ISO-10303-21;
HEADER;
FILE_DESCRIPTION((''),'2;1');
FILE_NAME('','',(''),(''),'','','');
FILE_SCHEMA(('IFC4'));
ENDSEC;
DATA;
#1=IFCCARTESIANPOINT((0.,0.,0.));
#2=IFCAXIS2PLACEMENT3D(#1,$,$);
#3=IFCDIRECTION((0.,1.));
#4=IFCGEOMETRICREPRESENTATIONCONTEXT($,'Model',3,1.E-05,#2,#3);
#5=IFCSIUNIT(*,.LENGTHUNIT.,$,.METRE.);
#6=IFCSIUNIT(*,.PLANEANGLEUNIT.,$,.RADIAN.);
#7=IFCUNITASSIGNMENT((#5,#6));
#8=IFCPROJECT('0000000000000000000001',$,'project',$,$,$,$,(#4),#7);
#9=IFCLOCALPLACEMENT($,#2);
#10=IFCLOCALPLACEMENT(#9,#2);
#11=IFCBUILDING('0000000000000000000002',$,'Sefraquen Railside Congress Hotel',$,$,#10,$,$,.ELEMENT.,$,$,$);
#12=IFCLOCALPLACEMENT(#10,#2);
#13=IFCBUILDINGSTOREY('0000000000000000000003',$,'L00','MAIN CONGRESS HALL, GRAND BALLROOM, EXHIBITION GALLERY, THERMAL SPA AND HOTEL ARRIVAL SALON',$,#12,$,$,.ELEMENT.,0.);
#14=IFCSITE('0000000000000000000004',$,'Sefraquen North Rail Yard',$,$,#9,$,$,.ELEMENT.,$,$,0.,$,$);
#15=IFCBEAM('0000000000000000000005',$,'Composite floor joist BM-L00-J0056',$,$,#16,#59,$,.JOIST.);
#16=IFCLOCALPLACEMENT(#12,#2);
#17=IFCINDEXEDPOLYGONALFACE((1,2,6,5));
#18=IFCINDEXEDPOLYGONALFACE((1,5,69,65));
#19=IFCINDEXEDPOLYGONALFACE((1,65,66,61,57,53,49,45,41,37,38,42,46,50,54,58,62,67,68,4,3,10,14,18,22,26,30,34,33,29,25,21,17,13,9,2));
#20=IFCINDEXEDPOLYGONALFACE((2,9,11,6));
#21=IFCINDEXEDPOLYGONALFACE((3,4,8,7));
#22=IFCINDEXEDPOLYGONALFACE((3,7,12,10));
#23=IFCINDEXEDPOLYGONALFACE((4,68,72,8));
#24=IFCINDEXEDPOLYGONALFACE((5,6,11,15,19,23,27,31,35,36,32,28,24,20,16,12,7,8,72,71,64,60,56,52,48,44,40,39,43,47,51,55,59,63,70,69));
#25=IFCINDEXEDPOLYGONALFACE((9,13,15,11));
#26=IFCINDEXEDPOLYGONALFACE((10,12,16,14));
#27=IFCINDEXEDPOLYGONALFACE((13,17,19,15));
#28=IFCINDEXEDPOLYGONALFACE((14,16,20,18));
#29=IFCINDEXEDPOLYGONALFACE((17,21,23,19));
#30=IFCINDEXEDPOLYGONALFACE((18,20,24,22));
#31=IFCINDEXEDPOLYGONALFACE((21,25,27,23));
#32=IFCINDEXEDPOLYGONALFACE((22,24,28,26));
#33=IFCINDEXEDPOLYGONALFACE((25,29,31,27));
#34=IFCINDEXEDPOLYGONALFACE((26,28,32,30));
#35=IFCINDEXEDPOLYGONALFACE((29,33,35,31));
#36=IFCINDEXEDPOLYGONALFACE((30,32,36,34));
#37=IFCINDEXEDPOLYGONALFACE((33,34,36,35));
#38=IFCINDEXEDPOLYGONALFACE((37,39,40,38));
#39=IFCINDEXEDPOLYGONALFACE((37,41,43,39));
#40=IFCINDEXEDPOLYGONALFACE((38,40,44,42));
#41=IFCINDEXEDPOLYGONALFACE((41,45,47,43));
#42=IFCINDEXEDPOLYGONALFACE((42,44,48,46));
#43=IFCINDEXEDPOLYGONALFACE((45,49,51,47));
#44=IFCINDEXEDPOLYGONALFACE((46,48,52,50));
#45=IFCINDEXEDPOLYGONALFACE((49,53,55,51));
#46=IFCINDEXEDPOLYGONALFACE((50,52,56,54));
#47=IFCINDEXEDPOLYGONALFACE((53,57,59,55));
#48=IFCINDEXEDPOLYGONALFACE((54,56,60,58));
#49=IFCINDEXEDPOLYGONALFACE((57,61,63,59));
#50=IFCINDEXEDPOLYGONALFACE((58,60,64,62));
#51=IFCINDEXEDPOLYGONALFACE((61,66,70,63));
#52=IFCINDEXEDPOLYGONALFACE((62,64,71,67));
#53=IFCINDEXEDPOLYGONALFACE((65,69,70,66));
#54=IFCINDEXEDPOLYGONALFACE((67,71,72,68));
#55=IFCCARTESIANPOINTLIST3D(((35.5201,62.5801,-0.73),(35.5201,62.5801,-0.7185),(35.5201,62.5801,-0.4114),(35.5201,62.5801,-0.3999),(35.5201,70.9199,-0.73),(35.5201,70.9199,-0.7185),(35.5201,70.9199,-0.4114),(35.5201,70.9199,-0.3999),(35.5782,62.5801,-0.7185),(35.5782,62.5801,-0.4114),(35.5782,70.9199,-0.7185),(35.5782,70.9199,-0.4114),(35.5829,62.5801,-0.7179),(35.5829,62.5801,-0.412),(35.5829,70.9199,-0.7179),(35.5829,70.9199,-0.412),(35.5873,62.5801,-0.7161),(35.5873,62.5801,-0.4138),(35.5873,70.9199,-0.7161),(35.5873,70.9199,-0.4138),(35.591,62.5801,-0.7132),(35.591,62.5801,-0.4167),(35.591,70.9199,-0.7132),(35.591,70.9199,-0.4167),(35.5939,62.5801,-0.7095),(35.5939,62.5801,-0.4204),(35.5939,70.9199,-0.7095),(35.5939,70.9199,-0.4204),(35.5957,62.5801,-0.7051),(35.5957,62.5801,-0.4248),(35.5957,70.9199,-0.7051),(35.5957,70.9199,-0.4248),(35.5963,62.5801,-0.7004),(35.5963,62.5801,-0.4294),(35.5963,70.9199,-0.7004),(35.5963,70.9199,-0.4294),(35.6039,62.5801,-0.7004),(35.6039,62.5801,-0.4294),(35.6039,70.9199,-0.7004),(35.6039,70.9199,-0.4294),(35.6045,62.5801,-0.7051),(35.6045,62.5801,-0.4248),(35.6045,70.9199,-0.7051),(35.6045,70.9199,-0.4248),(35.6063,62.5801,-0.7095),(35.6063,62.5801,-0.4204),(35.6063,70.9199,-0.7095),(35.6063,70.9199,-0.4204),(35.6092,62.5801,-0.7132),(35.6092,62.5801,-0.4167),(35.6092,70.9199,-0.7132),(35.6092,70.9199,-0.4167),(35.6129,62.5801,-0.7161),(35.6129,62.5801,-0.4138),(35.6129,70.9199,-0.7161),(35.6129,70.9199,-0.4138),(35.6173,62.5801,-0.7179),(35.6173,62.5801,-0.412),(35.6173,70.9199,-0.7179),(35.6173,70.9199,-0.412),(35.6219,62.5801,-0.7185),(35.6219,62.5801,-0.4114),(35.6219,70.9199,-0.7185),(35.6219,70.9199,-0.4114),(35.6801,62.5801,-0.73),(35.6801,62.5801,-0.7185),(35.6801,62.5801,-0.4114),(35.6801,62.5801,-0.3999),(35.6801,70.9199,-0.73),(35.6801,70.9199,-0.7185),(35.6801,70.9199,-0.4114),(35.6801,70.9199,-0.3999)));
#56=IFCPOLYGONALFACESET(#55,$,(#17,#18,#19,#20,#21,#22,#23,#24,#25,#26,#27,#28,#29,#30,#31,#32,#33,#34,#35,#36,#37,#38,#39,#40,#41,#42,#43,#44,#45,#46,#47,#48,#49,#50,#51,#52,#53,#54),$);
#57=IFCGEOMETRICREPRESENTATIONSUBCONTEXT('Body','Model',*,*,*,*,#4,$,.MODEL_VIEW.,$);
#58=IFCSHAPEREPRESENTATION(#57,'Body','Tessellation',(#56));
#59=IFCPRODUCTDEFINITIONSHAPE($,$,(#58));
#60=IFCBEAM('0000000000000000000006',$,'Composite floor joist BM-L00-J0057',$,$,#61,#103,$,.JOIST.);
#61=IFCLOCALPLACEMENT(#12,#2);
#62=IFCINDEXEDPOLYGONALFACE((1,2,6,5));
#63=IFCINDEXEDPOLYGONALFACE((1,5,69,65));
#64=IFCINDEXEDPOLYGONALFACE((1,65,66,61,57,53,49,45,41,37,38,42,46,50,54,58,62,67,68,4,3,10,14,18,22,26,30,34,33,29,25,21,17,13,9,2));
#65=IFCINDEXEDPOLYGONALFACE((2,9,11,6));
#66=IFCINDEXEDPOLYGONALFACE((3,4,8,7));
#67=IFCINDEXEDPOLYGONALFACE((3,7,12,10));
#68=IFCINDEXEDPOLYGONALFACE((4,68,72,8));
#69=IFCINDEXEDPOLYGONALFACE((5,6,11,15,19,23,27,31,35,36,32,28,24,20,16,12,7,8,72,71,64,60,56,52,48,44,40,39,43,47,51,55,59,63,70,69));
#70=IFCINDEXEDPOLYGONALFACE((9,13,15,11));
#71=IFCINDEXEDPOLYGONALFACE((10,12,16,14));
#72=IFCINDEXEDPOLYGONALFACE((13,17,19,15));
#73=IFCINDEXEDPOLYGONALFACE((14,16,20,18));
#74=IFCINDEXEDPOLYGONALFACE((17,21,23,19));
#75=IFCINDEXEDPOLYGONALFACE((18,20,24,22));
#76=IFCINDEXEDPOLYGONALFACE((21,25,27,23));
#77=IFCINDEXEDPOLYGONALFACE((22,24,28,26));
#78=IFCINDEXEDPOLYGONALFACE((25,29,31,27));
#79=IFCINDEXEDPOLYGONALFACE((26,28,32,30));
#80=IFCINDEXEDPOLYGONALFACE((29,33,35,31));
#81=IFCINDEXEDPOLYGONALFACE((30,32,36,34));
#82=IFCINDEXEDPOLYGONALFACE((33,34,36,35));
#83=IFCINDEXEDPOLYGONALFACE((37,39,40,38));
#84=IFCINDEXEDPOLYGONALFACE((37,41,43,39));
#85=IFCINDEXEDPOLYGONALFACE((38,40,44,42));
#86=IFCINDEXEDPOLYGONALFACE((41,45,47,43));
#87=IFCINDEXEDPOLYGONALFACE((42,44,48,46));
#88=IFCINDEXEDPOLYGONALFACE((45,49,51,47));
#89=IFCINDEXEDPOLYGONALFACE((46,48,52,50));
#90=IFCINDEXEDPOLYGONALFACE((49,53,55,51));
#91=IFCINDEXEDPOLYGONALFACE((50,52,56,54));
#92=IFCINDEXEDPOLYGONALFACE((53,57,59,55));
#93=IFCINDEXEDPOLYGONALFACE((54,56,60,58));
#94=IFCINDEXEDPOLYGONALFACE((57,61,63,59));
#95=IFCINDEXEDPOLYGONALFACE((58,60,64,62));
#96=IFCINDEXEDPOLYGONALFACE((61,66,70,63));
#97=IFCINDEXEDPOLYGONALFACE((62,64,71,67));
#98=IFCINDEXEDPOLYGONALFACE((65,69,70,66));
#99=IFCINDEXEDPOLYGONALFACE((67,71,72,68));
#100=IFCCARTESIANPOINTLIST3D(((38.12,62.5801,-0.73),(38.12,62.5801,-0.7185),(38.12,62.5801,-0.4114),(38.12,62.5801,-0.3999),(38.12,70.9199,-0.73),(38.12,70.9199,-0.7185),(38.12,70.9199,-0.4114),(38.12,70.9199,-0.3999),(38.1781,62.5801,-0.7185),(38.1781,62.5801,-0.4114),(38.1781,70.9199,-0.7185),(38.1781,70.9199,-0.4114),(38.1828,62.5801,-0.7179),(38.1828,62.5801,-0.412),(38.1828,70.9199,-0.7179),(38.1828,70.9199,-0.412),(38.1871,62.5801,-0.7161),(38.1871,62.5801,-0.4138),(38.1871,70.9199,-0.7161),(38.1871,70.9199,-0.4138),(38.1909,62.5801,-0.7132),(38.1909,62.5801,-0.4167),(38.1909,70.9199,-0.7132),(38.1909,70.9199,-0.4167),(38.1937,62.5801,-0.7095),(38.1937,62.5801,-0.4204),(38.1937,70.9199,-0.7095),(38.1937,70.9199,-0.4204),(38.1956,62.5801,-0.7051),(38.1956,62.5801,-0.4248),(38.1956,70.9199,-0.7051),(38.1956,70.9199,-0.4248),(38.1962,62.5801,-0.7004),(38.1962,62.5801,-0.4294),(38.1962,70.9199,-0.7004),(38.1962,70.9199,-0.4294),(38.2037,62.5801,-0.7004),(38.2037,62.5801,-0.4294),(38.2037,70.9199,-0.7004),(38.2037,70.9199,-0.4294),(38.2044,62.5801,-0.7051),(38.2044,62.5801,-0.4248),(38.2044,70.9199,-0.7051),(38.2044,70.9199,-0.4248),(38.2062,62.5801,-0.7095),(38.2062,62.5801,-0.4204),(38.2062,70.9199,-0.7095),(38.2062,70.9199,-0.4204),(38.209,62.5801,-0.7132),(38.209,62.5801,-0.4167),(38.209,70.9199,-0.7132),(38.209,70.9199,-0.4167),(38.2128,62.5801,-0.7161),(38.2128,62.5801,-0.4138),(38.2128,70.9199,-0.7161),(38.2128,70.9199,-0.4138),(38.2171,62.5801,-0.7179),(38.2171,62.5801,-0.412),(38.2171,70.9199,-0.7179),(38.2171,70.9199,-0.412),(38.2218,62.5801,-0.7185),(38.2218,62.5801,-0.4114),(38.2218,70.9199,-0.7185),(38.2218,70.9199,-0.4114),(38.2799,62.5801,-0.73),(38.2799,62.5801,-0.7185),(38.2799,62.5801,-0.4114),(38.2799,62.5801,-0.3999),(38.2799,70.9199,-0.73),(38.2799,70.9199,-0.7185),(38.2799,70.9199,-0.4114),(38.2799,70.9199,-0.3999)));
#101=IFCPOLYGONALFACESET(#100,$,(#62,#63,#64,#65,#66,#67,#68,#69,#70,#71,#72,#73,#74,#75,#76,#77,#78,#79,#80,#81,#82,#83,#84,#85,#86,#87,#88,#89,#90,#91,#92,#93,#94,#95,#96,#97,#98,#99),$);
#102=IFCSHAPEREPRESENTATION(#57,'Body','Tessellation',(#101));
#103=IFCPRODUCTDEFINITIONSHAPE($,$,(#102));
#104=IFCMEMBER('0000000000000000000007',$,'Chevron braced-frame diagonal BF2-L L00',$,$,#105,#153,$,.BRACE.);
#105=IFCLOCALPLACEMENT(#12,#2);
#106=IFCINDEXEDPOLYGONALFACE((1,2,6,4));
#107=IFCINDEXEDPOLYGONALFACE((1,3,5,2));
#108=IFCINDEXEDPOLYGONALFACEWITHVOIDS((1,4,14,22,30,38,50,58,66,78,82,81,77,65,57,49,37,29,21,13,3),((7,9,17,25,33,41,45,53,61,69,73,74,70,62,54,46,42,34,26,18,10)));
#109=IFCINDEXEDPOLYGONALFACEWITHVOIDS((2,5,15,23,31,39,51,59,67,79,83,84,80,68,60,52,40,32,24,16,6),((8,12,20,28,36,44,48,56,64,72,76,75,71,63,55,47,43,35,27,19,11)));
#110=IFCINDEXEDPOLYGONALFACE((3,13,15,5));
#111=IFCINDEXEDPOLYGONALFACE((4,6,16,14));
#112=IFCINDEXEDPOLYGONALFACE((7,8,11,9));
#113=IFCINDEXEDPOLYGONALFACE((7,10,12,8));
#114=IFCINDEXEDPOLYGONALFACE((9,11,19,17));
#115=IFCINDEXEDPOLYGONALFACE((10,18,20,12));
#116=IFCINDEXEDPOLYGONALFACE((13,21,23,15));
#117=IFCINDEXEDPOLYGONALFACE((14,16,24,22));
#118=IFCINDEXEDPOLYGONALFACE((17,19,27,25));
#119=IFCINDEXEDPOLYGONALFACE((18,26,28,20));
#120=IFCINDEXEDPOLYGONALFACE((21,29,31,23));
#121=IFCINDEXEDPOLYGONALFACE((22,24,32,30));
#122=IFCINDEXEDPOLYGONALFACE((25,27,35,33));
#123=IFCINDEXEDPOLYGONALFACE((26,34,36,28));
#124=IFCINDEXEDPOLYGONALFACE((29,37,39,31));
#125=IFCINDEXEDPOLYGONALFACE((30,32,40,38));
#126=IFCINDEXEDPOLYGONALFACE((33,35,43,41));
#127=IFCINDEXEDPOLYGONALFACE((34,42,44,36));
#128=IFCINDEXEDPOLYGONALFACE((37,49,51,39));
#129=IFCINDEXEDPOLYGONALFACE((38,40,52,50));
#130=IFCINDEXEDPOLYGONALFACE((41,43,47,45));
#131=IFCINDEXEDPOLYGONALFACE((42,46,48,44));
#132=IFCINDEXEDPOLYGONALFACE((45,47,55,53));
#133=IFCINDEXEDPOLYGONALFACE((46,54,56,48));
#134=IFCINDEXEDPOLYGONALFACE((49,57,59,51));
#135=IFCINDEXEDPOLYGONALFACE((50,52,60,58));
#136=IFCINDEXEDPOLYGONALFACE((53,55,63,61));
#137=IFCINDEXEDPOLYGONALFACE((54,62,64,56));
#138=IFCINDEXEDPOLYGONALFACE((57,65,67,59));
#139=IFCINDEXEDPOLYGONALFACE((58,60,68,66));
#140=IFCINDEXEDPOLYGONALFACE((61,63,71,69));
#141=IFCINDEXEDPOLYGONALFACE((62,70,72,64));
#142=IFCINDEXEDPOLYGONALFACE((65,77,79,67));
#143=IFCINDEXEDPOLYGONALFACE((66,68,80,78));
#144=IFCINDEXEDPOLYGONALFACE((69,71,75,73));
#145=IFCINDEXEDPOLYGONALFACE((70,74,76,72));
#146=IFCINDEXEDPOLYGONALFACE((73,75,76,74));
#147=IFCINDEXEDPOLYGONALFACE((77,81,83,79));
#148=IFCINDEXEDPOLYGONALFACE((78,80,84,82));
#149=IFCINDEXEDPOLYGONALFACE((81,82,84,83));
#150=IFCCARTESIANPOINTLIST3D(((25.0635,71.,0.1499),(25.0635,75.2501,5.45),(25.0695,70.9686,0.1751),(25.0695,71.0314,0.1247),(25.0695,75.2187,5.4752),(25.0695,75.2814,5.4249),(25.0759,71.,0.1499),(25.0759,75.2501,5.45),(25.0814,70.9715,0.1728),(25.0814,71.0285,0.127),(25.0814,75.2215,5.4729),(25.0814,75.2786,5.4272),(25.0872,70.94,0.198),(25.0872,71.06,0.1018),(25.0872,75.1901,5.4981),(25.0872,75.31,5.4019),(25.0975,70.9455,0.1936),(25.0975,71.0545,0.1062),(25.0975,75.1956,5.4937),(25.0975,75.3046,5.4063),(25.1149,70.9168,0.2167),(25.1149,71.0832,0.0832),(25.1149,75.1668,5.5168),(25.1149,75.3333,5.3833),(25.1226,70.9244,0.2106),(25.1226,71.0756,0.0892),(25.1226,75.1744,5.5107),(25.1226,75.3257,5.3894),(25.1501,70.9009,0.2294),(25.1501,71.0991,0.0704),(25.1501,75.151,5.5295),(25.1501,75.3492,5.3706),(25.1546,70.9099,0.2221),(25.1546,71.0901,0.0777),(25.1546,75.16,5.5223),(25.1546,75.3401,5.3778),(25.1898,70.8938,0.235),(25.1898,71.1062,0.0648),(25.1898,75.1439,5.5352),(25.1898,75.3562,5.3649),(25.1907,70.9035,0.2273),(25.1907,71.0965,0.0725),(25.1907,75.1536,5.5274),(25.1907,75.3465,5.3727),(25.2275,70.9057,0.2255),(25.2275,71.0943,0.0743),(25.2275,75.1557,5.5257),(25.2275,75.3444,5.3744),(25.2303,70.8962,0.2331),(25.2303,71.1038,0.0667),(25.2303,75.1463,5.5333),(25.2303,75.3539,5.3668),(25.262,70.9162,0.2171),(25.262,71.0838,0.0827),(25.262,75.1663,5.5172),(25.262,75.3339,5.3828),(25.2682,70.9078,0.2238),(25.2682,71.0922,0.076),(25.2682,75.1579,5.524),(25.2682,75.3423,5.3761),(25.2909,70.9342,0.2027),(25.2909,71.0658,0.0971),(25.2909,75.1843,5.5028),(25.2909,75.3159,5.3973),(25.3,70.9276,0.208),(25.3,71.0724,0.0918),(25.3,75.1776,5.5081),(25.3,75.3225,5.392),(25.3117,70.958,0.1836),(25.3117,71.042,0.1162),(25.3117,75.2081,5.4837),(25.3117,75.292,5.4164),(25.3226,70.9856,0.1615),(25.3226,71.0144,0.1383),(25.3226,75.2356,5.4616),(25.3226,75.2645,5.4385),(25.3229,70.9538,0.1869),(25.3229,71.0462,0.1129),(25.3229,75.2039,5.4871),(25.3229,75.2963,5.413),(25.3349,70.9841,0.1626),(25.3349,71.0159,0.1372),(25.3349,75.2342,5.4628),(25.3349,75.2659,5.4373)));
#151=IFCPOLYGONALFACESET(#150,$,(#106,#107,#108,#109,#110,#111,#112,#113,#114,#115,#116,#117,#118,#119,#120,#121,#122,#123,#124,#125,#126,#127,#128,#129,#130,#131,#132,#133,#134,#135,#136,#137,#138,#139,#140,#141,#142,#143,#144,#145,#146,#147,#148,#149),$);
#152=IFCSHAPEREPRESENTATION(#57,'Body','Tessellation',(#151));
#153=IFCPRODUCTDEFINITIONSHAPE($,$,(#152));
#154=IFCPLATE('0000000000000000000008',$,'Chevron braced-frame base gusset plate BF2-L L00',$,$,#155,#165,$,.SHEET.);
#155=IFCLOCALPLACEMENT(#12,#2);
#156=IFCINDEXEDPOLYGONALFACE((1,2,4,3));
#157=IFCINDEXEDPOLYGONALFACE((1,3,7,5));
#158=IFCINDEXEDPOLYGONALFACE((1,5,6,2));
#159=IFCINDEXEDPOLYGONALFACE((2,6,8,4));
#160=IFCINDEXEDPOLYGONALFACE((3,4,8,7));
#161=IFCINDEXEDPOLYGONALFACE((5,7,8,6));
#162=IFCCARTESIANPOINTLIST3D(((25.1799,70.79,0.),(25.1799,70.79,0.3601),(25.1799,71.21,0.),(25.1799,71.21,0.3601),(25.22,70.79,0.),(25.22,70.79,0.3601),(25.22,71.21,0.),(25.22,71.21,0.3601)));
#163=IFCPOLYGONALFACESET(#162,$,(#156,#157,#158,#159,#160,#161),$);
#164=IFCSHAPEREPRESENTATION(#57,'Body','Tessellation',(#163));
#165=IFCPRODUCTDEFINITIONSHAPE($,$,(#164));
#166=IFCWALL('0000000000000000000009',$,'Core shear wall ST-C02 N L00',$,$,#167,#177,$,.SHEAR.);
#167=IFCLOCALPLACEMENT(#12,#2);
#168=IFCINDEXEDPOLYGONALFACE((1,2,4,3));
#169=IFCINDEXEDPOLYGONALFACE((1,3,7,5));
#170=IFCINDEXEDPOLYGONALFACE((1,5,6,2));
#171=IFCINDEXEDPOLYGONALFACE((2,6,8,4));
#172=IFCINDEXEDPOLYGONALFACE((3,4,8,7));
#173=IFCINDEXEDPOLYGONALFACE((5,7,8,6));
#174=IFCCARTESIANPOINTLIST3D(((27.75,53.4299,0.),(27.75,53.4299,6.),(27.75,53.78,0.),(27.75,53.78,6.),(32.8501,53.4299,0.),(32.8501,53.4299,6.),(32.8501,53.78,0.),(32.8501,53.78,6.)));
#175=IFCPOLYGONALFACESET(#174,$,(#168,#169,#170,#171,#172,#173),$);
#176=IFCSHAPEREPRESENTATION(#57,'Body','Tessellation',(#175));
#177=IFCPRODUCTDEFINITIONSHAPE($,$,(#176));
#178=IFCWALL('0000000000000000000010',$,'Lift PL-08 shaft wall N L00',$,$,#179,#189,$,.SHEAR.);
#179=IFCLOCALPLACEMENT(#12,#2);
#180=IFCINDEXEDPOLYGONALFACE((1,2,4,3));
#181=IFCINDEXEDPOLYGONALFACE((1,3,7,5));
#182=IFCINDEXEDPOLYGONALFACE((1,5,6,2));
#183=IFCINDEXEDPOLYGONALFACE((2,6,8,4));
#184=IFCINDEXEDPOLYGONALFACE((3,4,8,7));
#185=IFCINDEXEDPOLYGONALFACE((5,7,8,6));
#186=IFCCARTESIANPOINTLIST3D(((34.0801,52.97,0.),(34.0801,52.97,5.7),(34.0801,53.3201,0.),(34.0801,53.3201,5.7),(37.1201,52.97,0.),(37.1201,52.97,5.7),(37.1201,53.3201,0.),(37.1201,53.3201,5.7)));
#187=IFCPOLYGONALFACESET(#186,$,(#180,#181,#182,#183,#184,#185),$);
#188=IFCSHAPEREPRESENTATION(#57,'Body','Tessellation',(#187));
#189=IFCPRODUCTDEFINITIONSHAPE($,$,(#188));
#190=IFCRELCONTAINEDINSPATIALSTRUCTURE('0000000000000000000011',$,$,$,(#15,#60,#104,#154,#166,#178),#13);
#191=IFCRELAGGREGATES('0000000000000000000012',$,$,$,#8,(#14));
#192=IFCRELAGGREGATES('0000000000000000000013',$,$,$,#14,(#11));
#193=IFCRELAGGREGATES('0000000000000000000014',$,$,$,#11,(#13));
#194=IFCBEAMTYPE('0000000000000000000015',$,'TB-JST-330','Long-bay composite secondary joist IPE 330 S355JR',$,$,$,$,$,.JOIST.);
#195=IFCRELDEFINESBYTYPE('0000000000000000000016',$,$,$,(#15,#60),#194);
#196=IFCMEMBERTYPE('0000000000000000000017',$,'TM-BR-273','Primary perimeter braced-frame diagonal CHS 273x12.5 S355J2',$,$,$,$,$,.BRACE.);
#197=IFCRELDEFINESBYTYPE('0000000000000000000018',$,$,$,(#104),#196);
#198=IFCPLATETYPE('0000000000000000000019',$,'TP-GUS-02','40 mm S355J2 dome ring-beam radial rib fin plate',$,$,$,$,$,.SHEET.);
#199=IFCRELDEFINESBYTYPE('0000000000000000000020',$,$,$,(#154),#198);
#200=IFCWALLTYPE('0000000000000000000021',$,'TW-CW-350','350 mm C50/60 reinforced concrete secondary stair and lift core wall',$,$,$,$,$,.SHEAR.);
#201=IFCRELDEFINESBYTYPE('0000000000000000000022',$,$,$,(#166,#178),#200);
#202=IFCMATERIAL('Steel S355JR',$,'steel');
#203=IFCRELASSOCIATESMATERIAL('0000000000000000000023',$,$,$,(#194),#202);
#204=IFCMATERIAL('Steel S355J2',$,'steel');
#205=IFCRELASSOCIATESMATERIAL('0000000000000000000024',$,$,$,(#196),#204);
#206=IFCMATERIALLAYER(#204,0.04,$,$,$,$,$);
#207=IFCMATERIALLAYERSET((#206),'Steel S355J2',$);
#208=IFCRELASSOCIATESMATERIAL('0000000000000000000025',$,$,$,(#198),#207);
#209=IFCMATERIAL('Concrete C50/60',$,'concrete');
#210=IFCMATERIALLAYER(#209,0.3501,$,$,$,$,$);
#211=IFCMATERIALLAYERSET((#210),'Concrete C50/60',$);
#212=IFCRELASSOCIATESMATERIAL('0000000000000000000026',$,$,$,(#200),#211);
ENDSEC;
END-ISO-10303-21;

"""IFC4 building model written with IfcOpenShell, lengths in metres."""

from ifc_helpers import new_model, si_unit, direction, frame, frame_2d, origin, origin_2d, place, context, subcontext, project, spatial, rectangle, hollow_circle, i_section, extrude, material, layer, layer_set, material_profile, profile_set, type_object, element, save


model = new_model("IFC4")

# Units and contexts
model_context = context("Model", 3, precision=1e-05, world=origin(), true_north=direction((0.0, 1.0)))
body_context = subcontext(model_context, "Body", "Model", "MODEL_VIEW")
ifc_project = project(units=[si_unit("LENGTHUNIT", "METRE"), si_unit("PLANEANGLEUNIT", "RADIAN")], contexts=[model_context])

# Site, building, storey
site_placement = place(None, origin())
site = spatial("IfcSite", under=ifc_project, at=site_placement, Name="Sefraquen North Rail Yard", CompositionType="ELEMENT", RefElevation=0.0)
building_placement = place(site_placement, origin())
building = spatial("IfcBuilding", under=site, at=building_placement, Name="Sefraquen Railside Congress Hotel", CompositionType="ELEMENT")
storey_placement = place(building_placement, origin())
storey = spatial("IfcBuildingStorey", under=building, at=storey_placement, Name="L00", Description="MAIN CONGRESS HALL, GRAND BALLROOM, EXHIBITION GALLERY, THERMAL SPA AND HOTEL ARRIVAL SALON", CompositionType="ELEMENT", Elevation=0.0)

# Shared definitions
ifc_material_1 = material(Name="Steel S355JR", Category="steel")
ifc_material_2 = material(Name="Concrete C50/60", Category="concrete")

# Beams
ifc_material_profile_1 = material_profile(ifc_material_1, i_section(OverallWidth=0.1599, OverallDepth=0.3301, WebThickness=0.0076, FlangeThickness=0.0115, FilletRadius=0.0181, at=origin_2d()), Name="IPE 330")
ifc_profile_set_1 = profile_set([ifc_material_profile_1], Name="Steel S355JR")
beam_type_1 = type_object("IfcBeamType", Name="TB-JST-330", Description="Long-bay composite secondary joist IPE 330 S355JR", PredefinedType="JOIST", material=ifc_profile_set_1)
for number, where, z_axis, x_axis, name in (
    (1, (35.6001, 62.5801, -0.5649), (0.0, 1.0, 0.0), (-1.0, 0.0, 0.0), "Composite floor joist BM-L00-J0056"),
    (2, (38.2, 62.5801, -0.5649), (0.0, 1.0, 0.0), (-1.0, 0.0, 0.0), "Composite floor joist BM-L00-J0057"),
):
    element("IfcBeam", number, at=place(storey_placement, frame(where, z_axis=z_axis, x_axis=x_axis)), inside=storey, type_object=beam_type_1, Name=name, PredefinedType="JOIST", context=body_context, shape_type="SweptSolid", body=[
        extrude(i_section(OverallWidth=0.1599, OverallDepth=0.3301, WebThickness=0.0076, FlangeThickness=0.0115, FilletRadius=0.0181, at=origin_2d()), origin(), (0.0, 0.0, 1.0), 8.3398),
    ])

# Member
ifc_material_3 = material(Name="Steel S355J2", Category="steel")
ifc_material_profile_2 = material_profile(ifc_material_3, hollow_circle(Radius=0.1365, WallThickness=0.0125, at=origin_2d()), Name="CHS 273x12.5")
ifc_profile_set_2 = profile_set([ifc_material_profile_2], Name="Steel S355J2")
member_type = type_object("IfcMemberType", Name="TM-BR-273", Description="Primary perimeter braced-frame diagonal CHS 273x12.5 S355J2", PredefinedType="BRACE", material=ifc_profile_set_2)
member_placement = place(storey_placement, frame((25.2, 71.0, 0.1499), z_axis=(0.0, 0.625589, 0.780153), x_axis=(-1.0, 0.0, 0.0)))
element("IfcMember", 3, at=member_placement, inside=storey, type_object=member_type, Name="Chevron braced-frame diagonal BF2-L L00", PredefinedType="BRACE", context=body_context, shape_type="SweptSolid", body=[
    extrude(hollow_circle(Radius=0.1365, WallThickness=0.0125, at=origin_2d()), origin(), (0.0, 0.0, 1.0), 6.7937),
])

# Plate
ifc_layer_1 = layer(ifc_material_3, 0.04)
ifc_layer_set_1 = layer_set([ifc_layer_1], Name="Steel S355J2")
plate_type = type_object("IfcPlateType", Name="TP-GUS-02", Description="40 mm S355J2 dome ring-beam radial rib fin plate", PredefinedType="SHEET", material=ifc_layer_set_1)
plate_placement = place(storey_placement, frame((25.2, 71.0, 0.0), z_axis=(0.0, 0.0, 1.0), x_axis=(0.0, 1.0, 0.0)))
element("IfcPlate", 4, at=plate_placement, inside=storey, type_object=plate_type, Name="Chevron braced-frame base gusset plate BF2-L L00", PredefinedType="SHEET", context=body_context, shape_type="SweptSolid", body=[
    extrude(rectangle(XDim=0.4199, YDim=0.04, at=origin_2d()), origin(), (0.0, 0.0, 1.0), 0.3601),
])

# Walls
ifc_layer_2 = layer(ifc_material_2, 0.3501)
ifc_layer_set_2 = layer_set([ifc_layer_2], Name="Concrete C50/60")
wall_type = type_object("IfcWallType", Name="TW-CW-350", Description="350 mm C50/60 reinforced concrete secondary stair and lift core wall", PredefinedType="SHEAR", material=ifc_layer_set_2)
wall_1_placement = place(storey_placement, frame((27.75, 53.605, 0.0), z_axis=(0.0, 0.0, 1.0), x_axis=(1.0, 0.0, 0.0)))
element("IfcWall", 5, at=wall_1_placement, inside=storey, type_object=wall_type, Name="Core shear wall ST-C02 N L00", PredefinedType="SHEAR", context=body_context, shape_type="SweptSolid", body=[
    extrude(rectangle(XDim=5.1001, YDim=0.3501, at=frame_2d((2.55, 0.0))), origin(), (0.0, 0.0, 1.0), 6.0),
])
wall_2_placement = place(storey_placement, frame((34.0801, 53.145, 0.0), z_axis=(0.0, 0.0, 1.0), x_axis=(1.0, 0.0, 0.0)))
element("IfcWall", 6, at=wall_2_placement, inside=storey, type_object=wall_type, Name="Lift PL-08 shaft wall N L00", PredefinedType="SHEAR", context=body_context, shape_type="SweptSolid", body=[
    extrude(rectangle(XDim=3.04, YDim=0.3501, at=frame_2d((1.52, 0.0))), origin(), (0.0, 0.0, 1.0), 5.7),
])

save(model, "model.ifc")
